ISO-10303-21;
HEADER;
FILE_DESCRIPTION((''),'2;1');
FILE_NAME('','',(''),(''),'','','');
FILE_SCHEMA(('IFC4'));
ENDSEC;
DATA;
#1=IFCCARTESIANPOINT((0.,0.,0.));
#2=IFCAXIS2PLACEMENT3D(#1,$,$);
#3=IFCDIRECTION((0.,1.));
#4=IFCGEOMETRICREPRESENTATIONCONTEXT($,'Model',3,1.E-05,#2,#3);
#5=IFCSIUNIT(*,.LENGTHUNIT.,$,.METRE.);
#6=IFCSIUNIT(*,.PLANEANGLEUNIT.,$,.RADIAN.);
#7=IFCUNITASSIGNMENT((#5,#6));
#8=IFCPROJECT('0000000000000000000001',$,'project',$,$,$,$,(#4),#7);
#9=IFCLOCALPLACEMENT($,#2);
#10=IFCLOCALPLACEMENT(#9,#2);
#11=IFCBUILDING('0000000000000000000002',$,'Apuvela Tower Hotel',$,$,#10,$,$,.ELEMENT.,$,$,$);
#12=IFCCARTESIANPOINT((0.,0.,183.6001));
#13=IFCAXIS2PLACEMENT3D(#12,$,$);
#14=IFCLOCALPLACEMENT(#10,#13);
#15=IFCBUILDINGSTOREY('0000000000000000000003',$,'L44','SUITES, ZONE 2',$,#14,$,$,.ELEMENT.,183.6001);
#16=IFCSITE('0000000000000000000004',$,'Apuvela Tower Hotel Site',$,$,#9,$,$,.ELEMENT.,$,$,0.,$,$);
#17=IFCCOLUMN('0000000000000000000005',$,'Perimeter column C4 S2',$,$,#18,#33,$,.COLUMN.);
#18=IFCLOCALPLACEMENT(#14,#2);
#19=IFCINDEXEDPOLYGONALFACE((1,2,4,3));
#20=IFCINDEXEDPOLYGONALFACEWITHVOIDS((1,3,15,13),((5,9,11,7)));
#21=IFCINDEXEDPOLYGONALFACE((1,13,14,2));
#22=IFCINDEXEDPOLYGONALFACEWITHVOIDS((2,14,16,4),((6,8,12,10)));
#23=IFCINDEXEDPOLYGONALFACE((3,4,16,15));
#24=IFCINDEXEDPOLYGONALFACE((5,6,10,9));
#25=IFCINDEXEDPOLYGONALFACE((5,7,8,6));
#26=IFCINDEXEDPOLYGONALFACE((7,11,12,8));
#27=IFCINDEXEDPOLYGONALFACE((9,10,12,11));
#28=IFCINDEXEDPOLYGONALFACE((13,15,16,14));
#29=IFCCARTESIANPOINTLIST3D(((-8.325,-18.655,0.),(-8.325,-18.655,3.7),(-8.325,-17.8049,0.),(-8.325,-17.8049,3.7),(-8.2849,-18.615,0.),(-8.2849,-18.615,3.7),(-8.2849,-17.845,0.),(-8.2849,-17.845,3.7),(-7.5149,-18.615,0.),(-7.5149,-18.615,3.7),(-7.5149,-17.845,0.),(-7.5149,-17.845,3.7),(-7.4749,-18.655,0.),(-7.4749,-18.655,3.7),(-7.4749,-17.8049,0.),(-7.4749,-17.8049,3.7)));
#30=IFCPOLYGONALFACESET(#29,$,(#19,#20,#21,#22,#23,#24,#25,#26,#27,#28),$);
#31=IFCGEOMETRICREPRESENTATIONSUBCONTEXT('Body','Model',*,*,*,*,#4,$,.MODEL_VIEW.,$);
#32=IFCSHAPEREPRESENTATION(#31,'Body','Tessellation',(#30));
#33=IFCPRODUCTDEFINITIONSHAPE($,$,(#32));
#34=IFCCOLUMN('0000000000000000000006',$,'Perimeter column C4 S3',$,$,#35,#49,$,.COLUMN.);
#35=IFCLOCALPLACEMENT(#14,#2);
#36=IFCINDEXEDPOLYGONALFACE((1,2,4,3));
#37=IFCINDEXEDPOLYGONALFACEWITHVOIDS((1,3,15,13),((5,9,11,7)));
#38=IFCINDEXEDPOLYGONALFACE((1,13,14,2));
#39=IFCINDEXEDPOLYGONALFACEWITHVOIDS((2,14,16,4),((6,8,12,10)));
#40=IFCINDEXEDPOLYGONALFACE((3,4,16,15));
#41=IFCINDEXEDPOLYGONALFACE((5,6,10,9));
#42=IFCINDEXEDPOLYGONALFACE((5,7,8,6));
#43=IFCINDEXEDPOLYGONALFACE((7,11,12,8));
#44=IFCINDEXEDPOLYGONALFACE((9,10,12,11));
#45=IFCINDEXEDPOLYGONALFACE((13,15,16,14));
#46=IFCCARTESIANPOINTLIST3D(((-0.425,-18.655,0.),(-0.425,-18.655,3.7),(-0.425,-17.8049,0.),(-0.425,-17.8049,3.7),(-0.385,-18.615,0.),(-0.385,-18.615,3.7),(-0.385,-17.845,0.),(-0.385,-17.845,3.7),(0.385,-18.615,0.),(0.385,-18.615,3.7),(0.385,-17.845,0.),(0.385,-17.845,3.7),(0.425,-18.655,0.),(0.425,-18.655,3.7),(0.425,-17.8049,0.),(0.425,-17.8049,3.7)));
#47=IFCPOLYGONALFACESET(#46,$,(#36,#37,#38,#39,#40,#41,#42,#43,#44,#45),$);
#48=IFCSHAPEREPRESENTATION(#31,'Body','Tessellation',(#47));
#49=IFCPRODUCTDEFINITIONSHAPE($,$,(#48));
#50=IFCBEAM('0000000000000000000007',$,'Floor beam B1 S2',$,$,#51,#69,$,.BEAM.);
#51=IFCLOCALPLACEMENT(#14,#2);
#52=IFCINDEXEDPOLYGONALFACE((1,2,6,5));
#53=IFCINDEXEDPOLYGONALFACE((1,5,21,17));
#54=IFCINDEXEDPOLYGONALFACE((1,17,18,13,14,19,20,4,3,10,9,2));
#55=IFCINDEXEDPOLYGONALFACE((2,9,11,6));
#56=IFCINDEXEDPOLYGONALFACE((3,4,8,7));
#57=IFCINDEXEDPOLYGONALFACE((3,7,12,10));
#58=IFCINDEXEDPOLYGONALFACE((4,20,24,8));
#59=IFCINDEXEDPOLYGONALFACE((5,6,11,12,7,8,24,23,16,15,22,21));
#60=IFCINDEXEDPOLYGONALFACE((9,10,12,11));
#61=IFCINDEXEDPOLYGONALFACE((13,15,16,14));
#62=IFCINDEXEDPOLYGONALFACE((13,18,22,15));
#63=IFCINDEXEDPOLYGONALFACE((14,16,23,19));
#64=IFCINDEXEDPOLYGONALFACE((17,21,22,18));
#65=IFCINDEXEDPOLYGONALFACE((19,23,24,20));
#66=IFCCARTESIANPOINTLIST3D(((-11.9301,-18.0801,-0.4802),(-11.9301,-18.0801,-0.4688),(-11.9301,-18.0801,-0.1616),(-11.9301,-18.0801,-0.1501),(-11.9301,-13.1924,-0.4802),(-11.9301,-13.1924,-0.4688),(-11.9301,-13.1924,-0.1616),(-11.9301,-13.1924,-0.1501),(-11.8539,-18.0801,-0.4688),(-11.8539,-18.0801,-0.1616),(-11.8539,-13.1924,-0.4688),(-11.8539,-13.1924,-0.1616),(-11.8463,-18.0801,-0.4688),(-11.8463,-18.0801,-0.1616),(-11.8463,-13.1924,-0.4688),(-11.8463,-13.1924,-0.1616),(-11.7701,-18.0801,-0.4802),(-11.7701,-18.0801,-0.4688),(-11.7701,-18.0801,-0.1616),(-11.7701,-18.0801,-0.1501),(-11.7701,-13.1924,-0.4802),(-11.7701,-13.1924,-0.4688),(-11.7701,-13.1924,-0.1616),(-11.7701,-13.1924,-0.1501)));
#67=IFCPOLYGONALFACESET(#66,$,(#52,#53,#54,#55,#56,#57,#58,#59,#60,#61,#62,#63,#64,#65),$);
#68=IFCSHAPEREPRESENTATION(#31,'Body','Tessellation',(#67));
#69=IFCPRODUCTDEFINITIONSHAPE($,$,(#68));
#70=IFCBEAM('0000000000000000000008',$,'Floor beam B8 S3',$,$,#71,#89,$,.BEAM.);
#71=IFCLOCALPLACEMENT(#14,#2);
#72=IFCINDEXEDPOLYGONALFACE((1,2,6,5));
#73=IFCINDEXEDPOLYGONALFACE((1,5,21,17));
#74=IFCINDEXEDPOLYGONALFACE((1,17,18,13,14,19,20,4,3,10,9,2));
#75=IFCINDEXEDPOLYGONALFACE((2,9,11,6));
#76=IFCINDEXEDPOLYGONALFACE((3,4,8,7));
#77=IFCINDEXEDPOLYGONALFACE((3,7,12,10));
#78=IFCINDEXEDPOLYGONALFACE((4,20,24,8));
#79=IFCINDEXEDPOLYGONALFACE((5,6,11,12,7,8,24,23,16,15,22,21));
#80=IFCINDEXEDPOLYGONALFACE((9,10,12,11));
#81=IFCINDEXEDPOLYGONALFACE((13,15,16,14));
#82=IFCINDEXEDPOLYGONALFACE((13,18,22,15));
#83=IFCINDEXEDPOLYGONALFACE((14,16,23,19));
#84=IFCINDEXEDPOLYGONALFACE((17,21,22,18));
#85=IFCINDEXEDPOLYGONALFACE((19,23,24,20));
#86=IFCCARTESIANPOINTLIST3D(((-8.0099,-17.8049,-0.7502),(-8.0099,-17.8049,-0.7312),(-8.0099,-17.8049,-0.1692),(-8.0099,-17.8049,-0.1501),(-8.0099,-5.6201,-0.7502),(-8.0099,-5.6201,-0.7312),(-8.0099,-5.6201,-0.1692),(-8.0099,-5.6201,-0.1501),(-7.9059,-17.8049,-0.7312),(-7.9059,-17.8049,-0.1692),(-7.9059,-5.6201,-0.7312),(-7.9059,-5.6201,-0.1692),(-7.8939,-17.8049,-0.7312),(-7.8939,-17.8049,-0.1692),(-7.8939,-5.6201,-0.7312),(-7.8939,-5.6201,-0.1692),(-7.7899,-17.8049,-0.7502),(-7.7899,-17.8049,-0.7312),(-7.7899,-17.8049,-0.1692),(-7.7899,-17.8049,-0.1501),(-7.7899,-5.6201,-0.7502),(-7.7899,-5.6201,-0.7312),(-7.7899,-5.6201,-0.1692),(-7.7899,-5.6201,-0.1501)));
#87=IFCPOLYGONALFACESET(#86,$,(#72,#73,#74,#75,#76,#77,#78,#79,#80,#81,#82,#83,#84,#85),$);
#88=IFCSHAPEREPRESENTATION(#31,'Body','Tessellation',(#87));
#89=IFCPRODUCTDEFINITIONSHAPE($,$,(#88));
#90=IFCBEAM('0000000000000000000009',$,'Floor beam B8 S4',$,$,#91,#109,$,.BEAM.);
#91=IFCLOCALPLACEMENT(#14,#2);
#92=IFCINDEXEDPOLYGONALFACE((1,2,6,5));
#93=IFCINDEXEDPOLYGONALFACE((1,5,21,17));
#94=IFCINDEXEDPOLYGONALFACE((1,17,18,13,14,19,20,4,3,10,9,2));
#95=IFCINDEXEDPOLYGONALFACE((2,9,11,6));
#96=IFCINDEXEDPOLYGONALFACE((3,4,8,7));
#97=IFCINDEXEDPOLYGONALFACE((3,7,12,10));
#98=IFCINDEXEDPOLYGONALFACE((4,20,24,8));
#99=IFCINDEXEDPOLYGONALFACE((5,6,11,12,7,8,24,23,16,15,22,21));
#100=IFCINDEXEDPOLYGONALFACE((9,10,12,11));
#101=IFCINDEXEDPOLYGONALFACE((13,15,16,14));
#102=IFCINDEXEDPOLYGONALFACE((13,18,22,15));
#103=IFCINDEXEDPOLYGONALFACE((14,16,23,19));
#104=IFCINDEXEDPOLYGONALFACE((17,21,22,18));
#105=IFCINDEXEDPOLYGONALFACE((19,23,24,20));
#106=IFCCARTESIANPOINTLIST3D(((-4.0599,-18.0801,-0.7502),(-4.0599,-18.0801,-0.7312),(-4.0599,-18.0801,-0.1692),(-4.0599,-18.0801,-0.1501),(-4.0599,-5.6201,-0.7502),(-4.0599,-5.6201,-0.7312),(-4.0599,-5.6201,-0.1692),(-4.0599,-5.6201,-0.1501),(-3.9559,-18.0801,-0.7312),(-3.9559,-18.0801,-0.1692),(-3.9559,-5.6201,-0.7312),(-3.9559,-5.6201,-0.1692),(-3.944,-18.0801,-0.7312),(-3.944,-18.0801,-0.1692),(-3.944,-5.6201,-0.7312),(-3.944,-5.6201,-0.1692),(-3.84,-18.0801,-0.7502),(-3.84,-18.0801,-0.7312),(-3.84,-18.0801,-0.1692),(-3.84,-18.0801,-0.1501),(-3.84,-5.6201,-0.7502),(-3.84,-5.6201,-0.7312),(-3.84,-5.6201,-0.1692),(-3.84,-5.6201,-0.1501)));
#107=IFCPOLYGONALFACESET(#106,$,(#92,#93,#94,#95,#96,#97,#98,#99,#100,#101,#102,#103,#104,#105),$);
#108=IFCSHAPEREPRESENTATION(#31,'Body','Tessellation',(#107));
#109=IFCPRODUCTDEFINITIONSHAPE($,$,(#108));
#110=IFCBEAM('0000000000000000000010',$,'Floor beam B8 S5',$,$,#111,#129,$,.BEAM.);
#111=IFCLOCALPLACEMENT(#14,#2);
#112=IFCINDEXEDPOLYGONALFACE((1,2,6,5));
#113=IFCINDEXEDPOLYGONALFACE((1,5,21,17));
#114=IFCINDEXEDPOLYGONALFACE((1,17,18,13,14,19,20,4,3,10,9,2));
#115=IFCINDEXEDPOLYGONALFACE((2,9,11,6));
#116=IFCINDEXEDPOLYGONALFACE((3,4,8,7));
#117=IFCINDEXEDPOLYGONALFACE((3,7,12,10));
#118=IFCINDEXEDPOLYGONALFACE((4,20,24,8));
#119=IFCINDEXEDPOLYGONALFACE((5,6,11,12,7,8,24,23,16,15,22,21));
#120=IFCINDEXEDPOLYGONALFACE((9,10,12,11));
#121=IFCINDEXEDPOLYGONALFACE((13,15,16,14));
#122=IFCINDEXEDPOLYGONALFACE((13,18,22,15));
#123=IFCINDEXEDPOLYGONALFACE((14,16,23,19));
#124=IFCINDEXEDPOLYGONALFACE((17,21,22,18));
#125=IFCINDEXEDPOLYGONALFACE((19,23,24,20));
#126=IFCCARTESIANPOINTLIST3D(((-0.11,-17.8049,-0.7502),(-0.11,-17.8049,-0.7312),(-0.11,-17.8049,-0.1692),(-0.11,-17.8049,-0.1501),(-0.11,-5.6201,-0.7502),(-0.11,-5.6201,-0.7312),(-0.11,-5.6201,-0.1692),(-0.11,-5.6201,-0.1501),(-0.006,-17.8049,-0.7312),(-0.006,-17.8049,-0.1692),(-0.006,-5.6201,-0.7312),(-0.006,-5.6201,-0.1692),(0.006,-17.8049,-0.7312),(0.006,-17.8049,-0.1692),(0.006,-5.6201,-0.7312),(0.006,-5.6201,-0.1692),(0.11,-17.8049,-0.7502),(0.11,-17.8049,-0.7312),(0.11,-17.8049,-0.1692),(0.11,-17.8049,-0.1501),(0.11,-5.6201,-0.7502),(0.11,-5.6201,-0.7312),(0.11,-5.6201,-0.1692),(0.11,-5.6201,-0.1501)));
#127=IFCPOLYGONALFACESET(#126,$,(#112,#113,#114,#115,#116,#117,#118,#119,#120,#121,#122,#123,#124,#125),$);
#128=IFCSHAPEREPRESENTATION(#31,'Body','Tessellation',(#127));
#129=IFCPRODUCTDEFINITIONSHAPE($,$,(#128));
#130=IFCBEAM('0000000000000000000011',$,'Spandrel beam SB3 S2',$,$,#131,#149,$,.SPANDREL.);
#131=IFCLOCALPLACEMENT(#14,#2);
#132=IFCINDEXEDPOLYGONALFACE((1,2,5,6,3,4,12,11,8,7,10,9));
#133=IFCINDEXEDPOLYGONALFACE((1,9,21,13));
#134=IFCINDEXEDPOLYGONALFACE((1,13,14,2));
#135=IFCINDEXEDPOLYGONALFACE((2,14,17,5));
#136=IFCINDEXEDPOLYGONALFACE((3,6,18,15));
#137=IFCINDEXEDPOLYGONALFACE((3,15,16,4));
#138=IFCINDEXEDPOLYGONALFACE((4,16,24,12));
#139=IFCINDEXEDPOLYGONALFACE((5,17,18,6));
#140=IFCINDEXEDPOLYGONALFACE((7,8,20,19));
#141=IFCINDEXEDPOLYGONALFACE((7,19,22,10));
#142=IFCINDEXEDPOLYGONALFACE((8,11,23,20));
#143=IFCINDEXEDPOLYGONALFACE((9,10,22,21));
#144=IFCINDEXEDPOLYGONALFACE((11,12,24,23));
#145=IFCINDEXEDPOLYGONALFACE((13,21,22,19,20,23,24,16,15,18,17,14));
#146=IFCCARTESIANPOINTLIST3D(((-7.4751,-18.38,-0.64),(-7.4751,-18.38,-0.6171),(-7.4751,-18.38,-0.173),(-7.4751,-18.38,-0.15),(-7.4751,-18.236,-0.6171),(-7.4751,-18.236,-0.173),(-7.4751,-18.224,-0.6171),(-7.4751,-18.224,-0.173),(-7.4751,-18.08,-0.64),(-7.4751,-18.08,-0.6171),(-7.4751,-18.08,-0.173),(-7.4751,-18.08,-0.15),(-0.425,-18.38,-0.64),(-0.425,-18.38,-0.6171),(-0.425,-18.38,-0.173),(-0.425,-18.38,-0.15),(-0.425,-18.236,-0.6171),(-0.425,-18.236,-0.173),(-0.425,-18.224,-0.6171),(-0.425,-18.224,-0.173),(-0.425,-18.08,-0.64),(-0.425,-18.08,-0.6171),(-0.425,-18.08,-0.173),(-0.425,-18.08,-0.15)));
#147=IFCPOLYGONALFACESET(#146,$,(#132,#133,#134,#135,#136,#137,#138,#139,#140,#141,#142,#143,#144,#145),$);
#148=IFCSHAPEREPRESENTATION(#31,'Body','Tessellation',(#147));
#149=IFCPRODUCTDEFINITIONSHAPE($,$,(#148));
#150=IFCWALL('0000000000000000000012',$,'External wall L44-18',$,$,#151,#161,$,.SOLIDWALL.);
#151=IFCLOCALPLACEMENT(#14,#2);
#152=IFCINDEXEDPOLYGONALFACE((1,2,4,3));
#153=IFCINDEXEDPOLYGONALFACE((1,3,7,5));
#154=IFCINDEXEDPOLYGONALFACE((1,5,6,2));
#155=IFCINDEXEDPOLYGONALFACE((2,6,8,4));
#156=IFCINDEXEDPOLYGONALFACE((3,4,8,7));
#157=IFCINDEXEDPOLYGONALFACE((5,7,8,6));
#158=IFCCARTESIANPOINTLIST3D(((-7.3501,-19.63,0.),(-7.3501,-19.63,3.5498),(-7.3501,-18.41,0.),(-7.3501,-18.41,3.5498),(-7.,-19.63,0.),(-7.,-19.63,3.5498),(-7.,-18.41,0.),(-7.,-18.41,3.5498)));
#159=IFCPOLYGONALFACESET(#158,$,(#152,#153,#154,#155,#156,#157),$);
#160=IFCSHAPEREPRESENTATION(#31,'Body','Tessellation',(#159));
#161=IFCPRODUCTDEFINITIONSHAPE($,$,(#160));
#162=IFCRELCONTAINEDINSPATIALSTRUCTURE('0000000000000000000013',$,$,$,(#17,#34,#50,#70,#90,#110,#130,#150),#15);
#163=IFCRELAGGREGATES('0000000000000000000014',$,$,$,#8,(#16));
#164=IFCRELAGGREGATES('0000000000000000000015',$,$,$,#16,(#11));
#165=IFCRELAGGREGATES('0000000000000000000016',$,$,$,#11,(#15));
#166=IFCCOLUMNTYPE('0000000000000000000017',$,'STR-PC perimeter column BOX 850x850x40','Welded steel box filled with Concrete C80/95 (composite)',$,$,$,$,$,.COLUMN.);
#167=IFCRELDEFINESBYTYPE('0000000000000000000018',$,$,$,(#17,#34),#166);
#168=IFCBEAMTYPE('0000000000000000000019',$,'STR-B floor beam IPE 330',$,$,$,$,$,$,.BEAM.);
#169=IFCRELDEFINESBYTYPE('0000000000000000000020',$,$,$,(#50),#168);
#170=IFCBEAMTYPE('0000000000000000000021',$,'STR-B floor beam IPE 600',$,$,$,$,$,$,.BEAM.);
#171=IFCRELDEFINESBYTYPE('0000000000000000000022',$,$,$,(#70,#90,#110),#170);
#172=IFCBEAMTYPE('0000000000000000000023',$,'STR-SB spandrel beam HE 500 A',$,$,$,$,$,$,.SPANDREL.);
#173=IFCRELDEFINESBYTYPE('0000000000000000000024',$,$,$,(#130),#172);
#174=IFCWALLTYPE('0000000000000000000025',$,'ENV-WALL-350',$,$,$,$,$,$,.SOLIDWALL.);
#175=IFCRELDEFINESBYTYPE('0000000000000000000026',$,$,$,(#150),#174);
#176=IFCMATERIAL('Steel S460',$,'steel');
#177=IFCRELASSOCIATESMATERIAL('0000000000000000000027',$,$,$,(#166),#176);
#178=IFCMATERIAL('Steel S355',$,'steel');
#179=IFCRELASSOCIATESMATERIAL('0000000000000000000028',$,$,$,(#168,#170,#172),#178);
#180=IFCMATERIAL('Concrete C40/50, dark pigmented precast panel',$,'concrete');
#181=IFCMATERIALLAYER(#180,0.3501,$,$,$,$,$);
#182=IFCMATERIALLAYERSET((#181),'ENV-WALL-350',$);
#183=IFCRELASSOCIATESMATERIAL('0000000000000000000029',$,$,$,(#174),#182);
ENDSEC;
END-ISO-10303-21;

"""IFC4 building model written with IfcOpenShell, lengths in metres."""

from ifc_helpers import new_model, si_unit, direction, frame, frame_2d, origin, origin_2d, place, context, subcontext, project, spatial, rectangle, hollow_rectangle, i_section, extrude, material, layer, layer_set, material_profile, profile_set, type_object, element, save


model = new_model("IFC4")

# Units and contexts
model_context = context("Model", 3, precision=1e-05, world=origin(), true_north=direction((0.0, 1.0)))
body_context = subcontext(model_context, "Body", "Model", "MODEL_VIEW")
ifc_project = project(units=[si_unit("LENGTHUNIT", "METRE"), si_unit("PLANEANGLEUNIT", "RADIAN")], contexts=[model_context])

# Site, building, storey
site_placement = place(None, origin())
site = spatial("IfcSite", under=ifc_project, at=site_placement, Name="Apuvela Tower Hotel Site", CompositionType="ELEMENT", RefElevation=0.0)
building_placement = place(site_placement, origin())
building = spatial("IfcBuilding", under=site, at=building_placement, Name="Apuvela Tower Hotel", CompositionType="ELEMENT")
storey_placement = place(building_placement, frame((0.0, 0.0, 183.6001)))
storey = spatial("IfcBuildingStorey", under=building, at=storey_placement, Name="L44", Description="SUITES, ZONE 2", CompositionType="ELEMENT", Elevation=183.6001)

# Columns
ifc_material_1 = material(Name="Steel S460", Category="steel")
ifc_material_profile_1 = material_profile(ifc_material_1, hollow_rectangle(XDim=0.8501, YDim=0.8501, WallThickness=0.04, at=origin_2d()), Name="BOX 850x850x40")
ifc_material_2 = material(Name="Concrete C80/95", Category="concrete")
ifc_material_profile_2 = material_profile(ifc_material_2, rectangle(XDim=0.77, YDim=0.77, at=origin_2d()), Name="Concrete C80/95 infill")
ifc_profile_set_1 = profile_set([ifc_material_profile_1, ifc_material_profile_2], Name="Steel S460")
column_type = type_object("IfcColumnType", Name="STR-PC perimeter column BOX 850x850x40", Description="Welded steel box filled with Concrete C80/95 (composite)", PredefinedType="COLUMN", material=ifc_profile_set_1)
for number, where, z_axis, x_axis, name in (
    (1, (-7.8999, -18.23, 0.0), (0.0, 0.0, 1.0), (-1.0, 0.0, 0.0), "Perimeter column C4 S2"),
    (2, (0.0, -18.23, 0.0), (0.0, 0.0, 1.0), (-1.0, 0.0, 0.0), "Perimeter column C4 S3"),
):
    element("IfcColumn", number, at=place(storey_placement, frame(where, z_axis=z_axis, x_axis=x_axis)), inside=storey, type_object=column_type, Name=name, PredefinedType="COLUMN", context=body_context, shape_type="SweptSolid", body=[
        extrude(hollow_rectangle(XDim=0.8501, YDim=0.8501, WallThickness=0.04, at=origin_2d()), origin(), (0.0, 0.0, 1.0), 3.7),
    ])

# Beams
ifc_material_3 = material(Name="Steel S355", Category="steel")
ifc_material_profile_3 = material_profile(ifc_material_3, i_section(OverallWidth=0.1599, OverallDepth=0.3301, WebThickness=0.0076, FlangeThickness=0.0115, at=origin_2d()), Name="IPE 330")
ifc_profile_set_2 = profile_set([ifc_material_profile_3], Name="Steel S355")
beam_type_1 = type_object("IfcBeamType", Name="STR-B floor beam IPE 330", PredefinedType="BEAM", material=ifc_profile_set_2)
beam_1_placement = place(storey_placement, frame((-11.8501, -18.0801, -0.3152), z_axis=(0.0, 1.0, 0.0), x_axis=(-1.0, 0.0, 0.0)))
element("IfcBeam", 3, at=beam_1_placement, inside=storey, type_object=beam_type_1, Name="Floor beam B1 S2", PredefinedType="BEAM", context=body_context, shape_type="SweptSolid", body=[
    extrude(i_section(OverallWidth=0.1599, OverallDepth=0.3301, WebThickness=0.0076, FlangeThickness=0.0115, at=origin_2d()), origin(), (0.0, 0.0, 1.0), 4.8877),
])
ifc_material_profile_4 = material_profile(ifc_material_3, i_section(OverallWidth=0.22, OverallDepth=0.6001, WebThickness=0.012, FlangeThickness=0.019, at=origin_2d()), Name="IPE 600")
ifc_profile_set_3 = profile_set([ifc_material_profile_4], Name="Steel S355")
beam_type_2 = type_object("IfcBeamType", Name="STR-B floor beam IPE 600", PredefinedType="BEAM", material=ifc_profile_set_3)
beam_2_placement = place(storey_placement, frame((-7.8999, -17.8049, -0.4502), z_axis=(0.0, 1.0, 0.0), x_axis=(-1.0, 0.0, 0.0)))
element("IfcBeam", 4, at=beam_2_placement, inside=storey, type_object=beam_type_2, Name="Floor beam B8 S3", PredefinedType="BEAM", context=body_context, shape_type="SweptSolid", body=[
    extrude(i_section(OverallWidth=0.22, OverallDepth=0.6001, WebThickness=0.012, FlangeThickness=0.019, at=origin_2d()), origin(), (0.0, 0.0, 1.0), 12.1848),
])
beam_3_placement = place(storey_placement, frame((-3.95, -18.0801, -0.4502), z_axis=(0.0, 1.0, 0.0), x_axis=(-1.0, 0.0, 0.0)))
element("IfcBeam", 5, at=beam_3_placement, inside=storey, type_object=beam_type_2, Name="Floor beam B8 S4", PredefinedType="BEAM", context=body_context, shape_type="SweptSolid", body=[
    extrude(i_section(OverallWidth=0.22, OverallDepth=0.6001, WebThickness=0.012, FlangeThickness=0.019, at=origin_2d()), origin(), (0.0, 0.0, 1.0), 12.46),
])
beam_4_placement = place(storey_placement, frame((0.0, -17.8049, -0.4502), z_axis=(0.0, 1.0, 0.0), x_axis=(-1.0, 0.0, 0.0)))
element("IfcBeam", 6, at=beam_4_placement, inside=storey, type_object=beam_type_2, Name="Floor beam B8 S5", PredefinedType="BEAM", context=body_context, shape_type="SweptSolid", body=[
    extrude(i_section(OverallWidth=0.22, OverallDepth=0.6001, WebThickness=0.012, FlangeThickness=0.019, at=origin_2d()), origin(), (0.0, 0.0, 1.0), 12.1848),
])
ifc_material_profile_5 = material_profile(ifc_material_3, i_section(OverallWidth=0.3, OverallDepth=0.49, WebThickness=0.012, FlangeThickness=0.0229, at=origin_2d()), Name="HE 500 A")
ifc_profile_set_4 = profile_set([ifc_material_profile_5], Name="Steel S355")
beam_type_3 = type_object("IfcBeamType", Name="STR-SB spandrel beam HE 500 A", PredefinedType="SPANDREL", material=ifc_profile_set_4)
beam_5_placement = place(storey_placement, frame((-7.4751, -18.23, -0.395), z_axis=(1.0, 0.0, 0.0), x_axis=(0.0, 1.0, 0.0)))
element("IfcBeam", 7, at=beam_5_placement, inside=storey, type_object=beam_type_3, Name="Spandrel beam SB3 S2", PredefinedType="SPANDREL", context=body_context, shape_type="SweptSolid", body=[
    extrude(i_section(OverallWidth=0.3, OverallDepth=0.49, WebThickness=0.012, FlangeThickness=0.0229, at=origin_2d()), origin(), (0.0, 0.0, 1.0), 7.05),
])

# Wall
ifc_material_4 = material(Name="Concrete C40/50, dark pigmented precast panel", Category="concrete")
ifc_layer_1 = layer(ifc_material_4, 0.3501)
ifc_layer_set_1 = layer_set([ifc_layer_1], Name="ENV-WALL-350")
wall_type_1 = type_object("IfcWallType", Name="ENV-WALL-350", PredefinedType="SOLIDWALL", material=ifc_layer_set_1)
wall_1_placement = place(storey_placement, frame((-7.175, -19.6299, 0.0), z_axis=(0.0, 0.0, 1.0), x_axis=(0.0, 1.0, 0.0)))
element("IfcWall", 8, at=wall_1_placement, inside=storey, type_object=wall_type_1, Name="External wall L44-18", PredefinedType="SOLIDWALL", context=body_context, shape_type="SweptSolid", body=[
    extrude(rectangle(XDim=1.22, YDim=0.3501, at=frame_2d((0.6099, 0.0))), origin(), (0.0, 0.0, 1.0), 3.5498),
])

save(model, "model.ifc")
